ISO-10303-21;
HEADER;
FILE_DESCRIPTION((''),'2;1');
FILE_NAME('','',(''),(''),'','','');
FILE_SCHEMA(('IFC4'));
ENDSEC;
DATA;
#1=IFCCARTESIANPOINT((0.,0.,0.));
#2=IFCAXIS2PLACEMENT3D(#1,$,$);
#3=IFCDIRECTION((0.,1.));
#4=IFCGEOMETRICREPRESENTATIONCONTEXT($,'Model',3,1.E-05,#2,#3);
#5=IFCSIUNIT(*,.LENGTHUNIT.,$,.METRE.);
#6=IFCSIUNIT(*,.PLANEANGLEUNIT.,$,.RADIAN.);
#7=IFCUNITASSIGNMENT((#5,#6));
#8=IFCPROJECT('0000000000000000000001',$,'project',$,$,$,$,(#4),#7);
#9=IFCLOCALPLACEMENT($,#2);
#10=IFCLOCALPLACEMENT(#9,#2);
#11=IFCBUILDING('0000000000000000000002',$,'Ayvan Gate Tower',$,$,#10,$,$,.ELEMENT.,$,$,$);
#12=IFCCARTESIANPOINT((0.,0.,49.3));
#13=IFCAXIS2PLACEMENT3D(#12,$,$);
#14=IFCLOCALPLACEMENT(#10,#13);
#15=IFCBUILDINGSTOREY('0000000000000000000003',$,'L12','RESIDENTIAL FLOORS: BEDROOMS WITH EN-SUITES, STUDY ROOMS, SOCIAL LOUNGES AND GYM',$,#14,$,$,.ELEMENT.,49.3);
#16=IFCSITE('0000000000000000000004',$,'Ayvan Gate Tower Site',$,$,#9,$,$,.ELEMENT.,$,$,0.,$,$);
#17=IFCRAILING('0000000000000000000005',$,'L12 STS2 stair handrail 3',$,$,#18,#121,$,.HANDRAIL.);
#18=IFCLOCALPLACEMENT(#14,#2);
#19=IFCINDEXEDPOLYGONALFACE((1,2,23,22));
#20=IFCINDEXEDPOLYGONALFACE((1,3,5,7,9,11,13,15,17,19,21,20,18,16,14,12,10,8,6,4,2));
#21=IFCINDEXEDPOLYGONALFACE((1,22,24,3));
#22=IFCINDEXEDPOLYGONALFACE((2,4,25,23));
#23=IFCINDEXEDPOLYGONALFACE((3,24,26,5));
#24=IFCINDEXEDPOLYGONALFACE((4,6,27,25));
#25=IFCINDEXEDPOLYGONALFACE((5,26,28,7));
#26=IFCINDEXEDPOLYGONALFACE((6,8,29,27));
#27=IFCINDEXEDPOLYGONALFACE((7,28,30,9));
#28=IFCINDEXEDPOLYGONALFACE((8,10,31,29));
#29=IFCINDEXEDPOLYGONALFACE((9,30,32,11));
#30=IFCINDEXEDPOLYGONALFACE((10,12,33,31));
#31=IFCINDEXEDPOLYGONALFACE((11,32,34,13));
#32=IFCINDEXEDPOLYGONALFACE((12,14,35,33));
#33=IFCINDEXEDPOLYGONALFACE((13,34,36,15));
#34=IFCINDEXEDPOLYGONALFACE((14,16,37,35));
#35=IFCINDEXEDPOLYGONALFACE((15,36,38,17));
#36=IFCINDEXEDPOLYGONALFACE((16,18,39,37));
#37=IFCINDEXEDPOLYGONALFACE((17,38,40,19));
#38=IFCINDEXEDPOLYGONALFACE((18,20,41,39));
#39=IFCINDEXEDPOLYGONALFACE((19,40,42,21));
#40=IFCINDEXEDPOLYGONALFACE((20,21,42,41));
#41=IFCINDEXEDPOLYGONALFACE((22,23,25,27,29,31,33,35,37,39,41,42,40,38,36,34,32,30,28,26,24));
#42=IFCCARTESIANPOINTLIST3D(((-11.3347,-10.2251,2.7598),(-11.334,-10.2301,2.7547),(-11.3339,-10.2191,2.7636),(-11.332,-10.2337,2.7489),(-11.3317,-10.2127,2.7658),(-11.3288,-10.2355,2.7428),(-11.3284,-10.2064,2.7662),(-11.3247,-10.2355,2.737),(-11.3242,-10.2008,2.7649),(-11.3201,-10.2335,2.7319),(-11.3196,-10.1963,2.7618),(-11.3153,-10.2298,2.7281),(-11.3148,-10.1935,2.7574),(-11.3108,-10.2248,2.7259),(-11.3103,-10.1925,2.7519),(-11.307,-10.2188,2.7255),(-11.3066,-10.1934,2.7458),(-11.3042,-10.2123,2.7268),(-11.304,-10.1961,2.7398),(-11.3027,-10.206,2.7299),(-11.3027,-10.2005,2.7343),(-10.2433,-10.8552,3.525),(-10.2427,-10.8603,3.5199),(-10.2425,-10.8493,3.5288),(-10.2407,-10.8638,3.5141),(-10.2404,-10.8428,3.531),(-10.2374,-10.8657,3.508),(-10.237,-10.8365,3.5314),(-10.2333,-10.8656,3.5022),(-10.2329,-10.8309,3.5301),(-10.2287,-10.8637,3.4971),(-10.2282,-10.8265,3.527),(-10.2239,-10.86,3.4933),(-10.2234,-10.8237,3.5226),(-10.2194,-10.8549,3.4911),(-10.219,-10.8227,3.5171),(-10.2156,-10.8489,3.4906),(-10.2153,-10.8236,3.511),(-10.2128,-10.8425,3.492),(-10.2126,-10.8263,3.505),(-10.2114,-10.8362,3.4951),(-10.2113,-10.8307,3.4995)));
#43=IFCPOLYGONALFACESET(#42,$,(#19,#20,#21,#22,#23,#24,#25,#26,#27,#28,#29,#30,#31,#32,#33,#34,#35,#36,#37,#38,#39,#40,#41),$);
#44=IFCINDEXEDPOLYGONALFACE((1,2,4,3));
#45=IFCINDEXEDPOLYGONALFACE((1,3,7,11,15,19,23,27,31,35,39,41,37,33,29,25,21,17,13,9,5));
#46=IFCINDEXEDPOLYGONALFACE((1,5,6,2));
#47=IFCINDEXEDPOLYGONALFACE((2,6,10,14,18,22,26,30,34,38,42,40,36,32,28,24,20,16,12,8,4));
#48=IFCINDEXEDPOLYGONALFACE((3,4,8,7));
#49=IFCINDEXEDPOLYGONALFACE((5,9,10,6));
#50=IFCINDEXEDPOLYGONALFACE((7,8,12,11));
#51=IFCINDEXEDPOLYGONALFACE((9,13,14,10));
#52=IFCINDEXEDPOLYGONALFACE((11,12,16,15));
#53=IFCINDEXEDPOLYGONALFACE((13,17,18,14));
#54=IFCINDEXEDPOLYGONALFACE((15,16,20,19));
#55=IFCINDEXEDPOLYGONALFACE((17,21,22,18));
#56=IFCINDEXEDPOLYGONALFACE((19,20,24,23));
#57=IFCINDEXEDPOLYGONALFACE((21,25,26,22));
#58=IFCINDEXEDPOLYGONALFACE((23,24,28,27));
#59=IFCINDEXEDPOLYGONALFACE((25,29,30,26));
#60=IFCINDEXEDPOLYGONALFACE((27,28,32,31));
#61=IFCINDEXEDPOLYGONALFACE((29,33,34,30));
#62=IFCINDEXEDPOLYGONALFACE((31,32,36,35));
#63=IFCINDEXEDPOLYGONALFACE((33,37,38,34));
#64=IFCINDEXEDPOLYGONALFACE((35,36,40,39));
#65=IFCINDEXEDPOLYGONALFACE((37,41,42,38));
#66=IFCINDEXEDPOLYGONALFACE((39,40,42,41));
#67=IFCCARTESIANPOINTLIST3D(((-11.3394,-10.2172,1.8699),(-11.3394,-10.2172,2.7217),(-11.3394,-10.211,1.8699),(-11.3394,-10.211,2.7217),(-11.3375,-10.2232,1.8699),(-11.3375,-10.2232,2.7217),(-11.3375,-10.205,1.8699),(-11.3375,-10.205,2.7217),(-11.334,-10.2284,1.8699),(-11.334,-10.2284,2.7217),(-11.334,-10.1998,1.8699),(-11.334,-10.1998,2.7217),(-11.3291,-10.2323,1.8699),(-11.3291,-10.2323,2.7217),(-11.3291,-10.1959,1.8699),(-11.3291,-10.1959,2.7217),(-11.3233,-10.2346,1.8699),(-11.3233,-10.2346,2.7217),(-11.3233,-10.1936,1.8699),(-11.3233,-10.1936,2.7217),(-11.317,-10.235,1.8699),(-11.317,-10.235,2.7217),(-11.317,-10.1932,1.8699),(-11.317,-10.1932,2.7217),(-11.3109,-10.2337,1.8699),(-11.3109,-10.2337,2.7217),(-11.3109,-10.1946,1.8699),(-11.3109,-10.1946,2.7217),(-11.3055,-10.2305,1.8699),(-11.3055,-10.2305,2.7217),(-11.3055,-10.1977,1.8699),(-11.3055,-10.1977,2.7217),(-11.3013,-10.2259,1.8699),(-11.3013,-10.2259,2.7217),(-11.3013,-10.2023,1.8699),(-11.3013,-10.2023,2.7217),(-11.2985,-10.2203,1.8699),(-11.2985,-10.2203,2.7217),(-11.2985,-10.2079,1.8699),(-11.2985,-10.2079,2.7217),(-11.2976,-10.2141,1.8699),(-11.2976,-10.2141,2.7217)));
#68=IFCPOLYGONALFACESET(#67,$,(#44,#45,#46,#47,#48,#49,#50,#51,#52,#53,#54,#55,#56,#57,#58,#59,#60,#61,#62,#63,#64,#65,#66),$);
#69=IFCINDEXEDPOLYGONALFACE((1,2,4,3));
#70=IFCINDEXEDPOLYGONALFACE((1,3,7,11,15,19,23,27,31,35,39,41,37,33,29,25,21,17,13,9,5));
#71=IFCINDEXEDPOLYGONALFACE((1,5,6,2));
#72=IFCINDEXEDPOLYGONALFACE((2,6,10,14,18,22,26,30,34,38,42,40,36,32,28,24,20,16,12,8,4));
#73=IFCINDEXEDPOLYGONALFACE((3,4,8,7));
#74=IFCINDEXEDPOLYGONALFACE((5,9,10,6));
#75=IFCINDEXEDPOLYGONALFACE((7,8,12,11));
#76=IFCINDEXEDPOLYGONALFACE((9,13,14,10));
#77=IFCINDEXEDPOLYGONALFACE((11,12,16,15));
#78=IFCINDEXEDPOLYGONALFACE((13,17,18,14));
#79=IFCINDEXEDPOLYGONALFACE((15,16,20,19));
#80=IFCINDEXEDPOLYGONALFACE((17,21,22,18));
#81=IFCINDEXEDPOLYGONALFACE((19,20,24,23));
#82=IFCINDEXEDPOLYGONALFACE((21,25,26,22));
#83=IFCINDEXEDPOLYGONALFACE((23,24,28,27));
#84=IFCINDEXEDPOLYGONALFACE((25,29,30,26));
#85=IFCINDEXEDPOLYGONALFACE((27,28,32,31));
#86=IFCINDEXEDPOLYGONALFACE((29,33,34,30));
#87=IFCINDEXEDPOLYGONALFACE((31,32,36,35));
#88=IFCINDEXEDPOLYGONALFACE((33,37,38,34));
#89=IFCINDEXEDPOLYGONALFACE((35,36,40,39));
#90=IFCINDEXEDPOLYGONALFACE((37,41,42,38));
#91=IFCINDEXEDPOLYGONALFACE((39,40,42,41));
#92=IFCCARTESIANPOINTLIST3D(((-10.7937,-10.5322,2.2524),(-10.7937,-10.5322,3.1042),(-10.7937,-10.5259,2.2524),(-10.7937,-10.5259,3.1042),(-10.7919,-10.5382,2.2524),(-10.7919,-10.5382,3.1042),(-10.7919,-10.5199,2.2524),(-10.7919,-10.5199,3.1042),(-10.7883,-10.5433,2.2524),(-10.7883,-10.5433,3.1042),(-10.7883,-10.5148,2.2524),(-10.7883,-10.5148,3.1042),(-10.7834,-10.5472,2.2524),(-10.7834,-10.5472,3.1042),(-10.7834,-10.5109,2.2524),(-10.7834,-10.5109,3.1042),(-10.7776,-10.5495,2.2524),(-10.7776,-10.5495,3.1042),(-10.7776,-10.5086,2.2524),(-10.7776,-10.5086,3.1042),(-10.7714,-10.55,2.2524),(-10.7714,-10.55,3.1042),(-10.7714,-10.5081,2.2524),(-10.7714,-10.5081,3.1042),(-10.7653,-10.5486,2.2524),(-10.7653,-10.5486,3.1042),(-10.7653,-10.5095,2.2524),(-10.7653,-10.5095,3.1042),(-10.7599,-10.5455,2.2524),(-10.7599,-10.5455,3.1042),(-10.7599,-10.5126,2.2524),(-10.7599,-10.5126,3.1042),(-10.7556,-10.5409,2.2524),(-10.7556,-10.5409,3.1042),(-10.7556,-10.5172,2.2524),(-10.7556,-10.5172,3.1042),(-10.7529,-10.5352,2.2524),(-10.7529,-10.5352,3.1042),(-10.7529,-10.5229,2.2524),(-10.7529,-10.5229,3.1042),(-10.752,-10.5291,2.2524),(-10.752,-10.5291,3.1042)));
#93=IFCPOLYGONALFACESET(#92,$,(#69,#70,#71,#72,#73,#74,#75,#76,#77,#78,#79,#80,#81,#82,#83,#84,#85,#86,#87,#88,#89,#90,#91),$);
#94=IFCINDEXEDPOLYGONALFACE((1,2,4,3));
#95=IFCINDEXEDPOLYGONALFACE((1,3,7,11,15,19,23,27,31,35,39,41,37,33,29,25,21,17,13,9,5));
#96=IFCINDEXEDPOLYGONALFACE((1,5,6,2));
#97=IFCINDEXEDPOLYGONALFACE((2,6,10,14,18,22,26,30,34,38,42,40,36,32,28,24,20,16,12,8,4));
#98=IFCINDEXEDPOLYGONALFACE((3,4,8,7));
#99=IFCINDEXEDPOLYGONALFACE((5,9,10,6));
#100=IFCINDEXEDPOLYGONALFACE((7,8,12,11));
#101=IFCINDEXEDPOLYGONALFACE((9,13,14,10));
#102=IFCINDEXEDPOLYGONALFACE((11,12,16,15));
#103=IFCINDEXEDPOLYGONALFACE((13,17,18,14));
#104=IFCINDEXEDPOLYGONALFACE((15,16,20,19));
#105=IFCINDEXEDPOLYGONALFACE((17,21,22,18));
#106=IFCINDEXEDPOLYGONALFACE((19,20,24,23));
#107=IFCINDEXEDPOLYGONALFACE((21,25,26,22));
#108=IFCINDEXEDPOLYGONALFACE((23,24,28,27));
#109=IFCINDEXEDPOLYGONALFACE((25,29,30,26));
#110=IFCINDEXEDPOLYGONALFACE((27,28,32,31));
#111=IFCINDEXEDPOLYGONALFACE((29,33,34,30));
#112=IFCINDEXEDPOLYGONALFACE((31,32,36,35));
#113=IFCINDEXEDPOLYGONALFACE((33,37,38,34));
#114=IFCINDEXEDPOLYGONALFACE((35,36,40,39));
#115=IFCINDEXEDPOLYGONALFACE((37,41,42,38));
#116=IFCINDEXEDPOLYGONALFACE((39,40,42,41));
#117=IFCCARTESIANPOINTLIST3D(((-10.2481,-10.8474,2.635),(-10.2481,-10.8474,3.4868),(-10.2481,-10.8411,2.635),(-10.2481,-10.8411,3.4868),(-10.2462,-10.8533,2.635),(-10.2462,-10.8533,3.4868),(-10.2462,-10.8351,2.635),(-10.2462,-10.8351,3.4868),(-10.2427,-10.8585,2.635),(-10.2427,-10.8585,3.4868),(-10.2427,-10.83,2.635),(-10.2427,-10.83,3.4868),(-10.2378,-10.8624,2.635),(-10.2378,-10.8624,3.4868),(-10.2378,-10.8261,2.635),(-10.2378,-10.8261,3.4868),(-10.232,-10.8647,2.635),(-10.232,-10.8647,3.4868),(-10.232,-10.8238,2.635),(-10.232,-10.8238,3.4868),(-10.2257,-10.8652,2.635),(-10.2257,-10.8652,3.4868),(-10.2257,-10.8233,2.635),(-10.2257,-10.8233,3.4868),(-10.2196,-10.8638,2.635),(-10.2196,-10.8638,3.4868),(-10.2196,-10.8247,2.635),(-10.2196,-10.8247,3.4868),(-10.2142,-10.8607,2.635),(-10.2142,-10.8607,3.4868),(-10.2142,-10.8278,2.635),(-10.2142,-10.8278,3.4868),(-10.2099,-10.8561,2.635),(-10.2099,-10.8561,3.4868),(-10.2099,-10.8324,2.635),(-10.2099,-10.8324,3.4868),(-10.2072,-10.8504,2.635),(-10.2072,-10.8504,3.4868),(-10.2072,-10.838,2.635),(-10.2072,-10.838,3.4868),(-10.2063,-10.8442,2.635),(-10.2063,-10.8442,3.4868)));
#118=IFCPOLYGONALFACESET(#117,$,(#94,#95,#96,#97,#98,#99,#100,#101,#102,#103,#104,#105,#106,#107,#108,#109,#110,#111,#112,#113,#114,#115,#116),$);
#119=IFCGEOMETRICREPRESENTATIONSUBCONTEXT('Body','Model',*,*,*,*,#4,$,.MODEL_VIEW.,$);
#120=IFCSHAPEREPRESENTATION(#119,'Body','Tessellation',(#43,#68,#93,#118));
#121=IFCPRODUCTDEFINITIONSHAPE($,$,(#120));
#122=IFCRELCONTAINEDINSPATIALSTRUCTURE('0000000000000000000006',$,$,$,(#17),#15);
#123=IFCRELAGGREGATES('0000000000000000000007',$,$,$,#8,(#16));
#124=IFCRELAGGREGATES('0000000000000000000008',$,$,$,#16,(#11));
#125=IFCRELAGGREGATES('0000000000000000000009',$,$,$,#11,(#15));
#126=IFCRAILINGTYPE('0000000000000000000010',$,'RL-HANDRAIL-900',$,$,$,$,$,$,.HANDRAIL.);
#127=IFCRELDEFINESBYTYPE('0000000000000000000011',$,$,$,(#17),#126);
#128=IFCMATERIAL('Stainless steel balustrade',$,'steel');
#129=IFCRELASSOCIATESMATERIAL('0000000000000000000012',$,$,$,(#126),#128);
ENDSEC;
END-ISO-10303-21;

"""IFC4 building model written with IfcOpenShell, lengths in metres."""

from ifc_helpers import new_model, si_unit, direction, frame, origin, origin_2d, place, context, subcontext, project, spatial, circle, extrude, material, type_object, element, save


model = new_model("IFC4")

# Units and contexts
model_context = context("Model", 3, precision=1e-05, world=origin(), true_north=direction((0.0, 1.0)))
body_context = subcontext(model_context, "Body", "Model", "MODEL_VIEW")
ifc_project = project(units=[si_unit("LENGTHUNIT", "METRE"), si_unit("PLANEANGLEUNIT", "RADIAN")], contexts=[model_context])

# Site, building, storey
site_placement = place(None, origin())
site = spatial("IfcSite", under=ifc_project, at=site_placement, Name="Ayvan Gate Tower Site", CompositionType="ELEMENT", RefElevation=0.0)
building_placement = place(site_placement, origin())
building = spatial("IfcBuilding", under=site, at=building_placement, Name="Ayvan Gate Tower", CompositionType="ELEMENT")
storey_placement = place(building_placement, frame((0.0, 0.0, 49.3)))
storey = spatial("IfcBuildingStorey", under=building, at=storey_placement, Name="L12", Description="RESIDENTIAL FLOORS: BEDROOMS WITH EN-SUITES, STUDY ROOMS, SOCIAL LOUNGES AND GYM", CompositionType="ELEMENT", Elevation=49.3)

# Railing
ifc_material_1 = material(Name="Stainless steel balustrade", Category="steel")
railing_type_1 = type_object("IfcRailingType", Name="RL-HANDRAIL-900", PredefinedType="HANDRAIL", material=ifc_material_1)
railing_1_placement = place(storey_placement, frame((-11.3186, -10.2141, 1.8699)))
element("IfcRailing", 1, at=railing_1_placement, inside=storey, type_object=railing_type_1, Name="L12 STS2 stair handrail 3", PredefinedType="HANDRAIL", context=body_context, shape_type="SweptSolid", body=[
    extrude(circle(Radius=0.0239, at=origin_2d()), frame((0.0, 0.0, 0.876), z_axis=(0.740241, -0.427419, 0.518996), x_axis=(0.500035, 0.866005, 0.0)), (0.0, 0.0, 1.0), 1.4744),
    extrude(circle(Radius=0.021, at=origin_2d()), origin(), (0.0, 0.0, 1.0), 0.8518),
    extrude(circle(Radius=0.021, at=origin_2d()), frame((0.5457, -0.3149, 0.3826)), (0.0, 0.0, 1.0), 0.8518),
    extrude(circle(Radius=0.021, at=origin_2d()), frame((1.0913, -0.6301, 0.7651)), (0.0, 0.0, 1.0), 0.8518),
])

save(model, "model.ifc")
